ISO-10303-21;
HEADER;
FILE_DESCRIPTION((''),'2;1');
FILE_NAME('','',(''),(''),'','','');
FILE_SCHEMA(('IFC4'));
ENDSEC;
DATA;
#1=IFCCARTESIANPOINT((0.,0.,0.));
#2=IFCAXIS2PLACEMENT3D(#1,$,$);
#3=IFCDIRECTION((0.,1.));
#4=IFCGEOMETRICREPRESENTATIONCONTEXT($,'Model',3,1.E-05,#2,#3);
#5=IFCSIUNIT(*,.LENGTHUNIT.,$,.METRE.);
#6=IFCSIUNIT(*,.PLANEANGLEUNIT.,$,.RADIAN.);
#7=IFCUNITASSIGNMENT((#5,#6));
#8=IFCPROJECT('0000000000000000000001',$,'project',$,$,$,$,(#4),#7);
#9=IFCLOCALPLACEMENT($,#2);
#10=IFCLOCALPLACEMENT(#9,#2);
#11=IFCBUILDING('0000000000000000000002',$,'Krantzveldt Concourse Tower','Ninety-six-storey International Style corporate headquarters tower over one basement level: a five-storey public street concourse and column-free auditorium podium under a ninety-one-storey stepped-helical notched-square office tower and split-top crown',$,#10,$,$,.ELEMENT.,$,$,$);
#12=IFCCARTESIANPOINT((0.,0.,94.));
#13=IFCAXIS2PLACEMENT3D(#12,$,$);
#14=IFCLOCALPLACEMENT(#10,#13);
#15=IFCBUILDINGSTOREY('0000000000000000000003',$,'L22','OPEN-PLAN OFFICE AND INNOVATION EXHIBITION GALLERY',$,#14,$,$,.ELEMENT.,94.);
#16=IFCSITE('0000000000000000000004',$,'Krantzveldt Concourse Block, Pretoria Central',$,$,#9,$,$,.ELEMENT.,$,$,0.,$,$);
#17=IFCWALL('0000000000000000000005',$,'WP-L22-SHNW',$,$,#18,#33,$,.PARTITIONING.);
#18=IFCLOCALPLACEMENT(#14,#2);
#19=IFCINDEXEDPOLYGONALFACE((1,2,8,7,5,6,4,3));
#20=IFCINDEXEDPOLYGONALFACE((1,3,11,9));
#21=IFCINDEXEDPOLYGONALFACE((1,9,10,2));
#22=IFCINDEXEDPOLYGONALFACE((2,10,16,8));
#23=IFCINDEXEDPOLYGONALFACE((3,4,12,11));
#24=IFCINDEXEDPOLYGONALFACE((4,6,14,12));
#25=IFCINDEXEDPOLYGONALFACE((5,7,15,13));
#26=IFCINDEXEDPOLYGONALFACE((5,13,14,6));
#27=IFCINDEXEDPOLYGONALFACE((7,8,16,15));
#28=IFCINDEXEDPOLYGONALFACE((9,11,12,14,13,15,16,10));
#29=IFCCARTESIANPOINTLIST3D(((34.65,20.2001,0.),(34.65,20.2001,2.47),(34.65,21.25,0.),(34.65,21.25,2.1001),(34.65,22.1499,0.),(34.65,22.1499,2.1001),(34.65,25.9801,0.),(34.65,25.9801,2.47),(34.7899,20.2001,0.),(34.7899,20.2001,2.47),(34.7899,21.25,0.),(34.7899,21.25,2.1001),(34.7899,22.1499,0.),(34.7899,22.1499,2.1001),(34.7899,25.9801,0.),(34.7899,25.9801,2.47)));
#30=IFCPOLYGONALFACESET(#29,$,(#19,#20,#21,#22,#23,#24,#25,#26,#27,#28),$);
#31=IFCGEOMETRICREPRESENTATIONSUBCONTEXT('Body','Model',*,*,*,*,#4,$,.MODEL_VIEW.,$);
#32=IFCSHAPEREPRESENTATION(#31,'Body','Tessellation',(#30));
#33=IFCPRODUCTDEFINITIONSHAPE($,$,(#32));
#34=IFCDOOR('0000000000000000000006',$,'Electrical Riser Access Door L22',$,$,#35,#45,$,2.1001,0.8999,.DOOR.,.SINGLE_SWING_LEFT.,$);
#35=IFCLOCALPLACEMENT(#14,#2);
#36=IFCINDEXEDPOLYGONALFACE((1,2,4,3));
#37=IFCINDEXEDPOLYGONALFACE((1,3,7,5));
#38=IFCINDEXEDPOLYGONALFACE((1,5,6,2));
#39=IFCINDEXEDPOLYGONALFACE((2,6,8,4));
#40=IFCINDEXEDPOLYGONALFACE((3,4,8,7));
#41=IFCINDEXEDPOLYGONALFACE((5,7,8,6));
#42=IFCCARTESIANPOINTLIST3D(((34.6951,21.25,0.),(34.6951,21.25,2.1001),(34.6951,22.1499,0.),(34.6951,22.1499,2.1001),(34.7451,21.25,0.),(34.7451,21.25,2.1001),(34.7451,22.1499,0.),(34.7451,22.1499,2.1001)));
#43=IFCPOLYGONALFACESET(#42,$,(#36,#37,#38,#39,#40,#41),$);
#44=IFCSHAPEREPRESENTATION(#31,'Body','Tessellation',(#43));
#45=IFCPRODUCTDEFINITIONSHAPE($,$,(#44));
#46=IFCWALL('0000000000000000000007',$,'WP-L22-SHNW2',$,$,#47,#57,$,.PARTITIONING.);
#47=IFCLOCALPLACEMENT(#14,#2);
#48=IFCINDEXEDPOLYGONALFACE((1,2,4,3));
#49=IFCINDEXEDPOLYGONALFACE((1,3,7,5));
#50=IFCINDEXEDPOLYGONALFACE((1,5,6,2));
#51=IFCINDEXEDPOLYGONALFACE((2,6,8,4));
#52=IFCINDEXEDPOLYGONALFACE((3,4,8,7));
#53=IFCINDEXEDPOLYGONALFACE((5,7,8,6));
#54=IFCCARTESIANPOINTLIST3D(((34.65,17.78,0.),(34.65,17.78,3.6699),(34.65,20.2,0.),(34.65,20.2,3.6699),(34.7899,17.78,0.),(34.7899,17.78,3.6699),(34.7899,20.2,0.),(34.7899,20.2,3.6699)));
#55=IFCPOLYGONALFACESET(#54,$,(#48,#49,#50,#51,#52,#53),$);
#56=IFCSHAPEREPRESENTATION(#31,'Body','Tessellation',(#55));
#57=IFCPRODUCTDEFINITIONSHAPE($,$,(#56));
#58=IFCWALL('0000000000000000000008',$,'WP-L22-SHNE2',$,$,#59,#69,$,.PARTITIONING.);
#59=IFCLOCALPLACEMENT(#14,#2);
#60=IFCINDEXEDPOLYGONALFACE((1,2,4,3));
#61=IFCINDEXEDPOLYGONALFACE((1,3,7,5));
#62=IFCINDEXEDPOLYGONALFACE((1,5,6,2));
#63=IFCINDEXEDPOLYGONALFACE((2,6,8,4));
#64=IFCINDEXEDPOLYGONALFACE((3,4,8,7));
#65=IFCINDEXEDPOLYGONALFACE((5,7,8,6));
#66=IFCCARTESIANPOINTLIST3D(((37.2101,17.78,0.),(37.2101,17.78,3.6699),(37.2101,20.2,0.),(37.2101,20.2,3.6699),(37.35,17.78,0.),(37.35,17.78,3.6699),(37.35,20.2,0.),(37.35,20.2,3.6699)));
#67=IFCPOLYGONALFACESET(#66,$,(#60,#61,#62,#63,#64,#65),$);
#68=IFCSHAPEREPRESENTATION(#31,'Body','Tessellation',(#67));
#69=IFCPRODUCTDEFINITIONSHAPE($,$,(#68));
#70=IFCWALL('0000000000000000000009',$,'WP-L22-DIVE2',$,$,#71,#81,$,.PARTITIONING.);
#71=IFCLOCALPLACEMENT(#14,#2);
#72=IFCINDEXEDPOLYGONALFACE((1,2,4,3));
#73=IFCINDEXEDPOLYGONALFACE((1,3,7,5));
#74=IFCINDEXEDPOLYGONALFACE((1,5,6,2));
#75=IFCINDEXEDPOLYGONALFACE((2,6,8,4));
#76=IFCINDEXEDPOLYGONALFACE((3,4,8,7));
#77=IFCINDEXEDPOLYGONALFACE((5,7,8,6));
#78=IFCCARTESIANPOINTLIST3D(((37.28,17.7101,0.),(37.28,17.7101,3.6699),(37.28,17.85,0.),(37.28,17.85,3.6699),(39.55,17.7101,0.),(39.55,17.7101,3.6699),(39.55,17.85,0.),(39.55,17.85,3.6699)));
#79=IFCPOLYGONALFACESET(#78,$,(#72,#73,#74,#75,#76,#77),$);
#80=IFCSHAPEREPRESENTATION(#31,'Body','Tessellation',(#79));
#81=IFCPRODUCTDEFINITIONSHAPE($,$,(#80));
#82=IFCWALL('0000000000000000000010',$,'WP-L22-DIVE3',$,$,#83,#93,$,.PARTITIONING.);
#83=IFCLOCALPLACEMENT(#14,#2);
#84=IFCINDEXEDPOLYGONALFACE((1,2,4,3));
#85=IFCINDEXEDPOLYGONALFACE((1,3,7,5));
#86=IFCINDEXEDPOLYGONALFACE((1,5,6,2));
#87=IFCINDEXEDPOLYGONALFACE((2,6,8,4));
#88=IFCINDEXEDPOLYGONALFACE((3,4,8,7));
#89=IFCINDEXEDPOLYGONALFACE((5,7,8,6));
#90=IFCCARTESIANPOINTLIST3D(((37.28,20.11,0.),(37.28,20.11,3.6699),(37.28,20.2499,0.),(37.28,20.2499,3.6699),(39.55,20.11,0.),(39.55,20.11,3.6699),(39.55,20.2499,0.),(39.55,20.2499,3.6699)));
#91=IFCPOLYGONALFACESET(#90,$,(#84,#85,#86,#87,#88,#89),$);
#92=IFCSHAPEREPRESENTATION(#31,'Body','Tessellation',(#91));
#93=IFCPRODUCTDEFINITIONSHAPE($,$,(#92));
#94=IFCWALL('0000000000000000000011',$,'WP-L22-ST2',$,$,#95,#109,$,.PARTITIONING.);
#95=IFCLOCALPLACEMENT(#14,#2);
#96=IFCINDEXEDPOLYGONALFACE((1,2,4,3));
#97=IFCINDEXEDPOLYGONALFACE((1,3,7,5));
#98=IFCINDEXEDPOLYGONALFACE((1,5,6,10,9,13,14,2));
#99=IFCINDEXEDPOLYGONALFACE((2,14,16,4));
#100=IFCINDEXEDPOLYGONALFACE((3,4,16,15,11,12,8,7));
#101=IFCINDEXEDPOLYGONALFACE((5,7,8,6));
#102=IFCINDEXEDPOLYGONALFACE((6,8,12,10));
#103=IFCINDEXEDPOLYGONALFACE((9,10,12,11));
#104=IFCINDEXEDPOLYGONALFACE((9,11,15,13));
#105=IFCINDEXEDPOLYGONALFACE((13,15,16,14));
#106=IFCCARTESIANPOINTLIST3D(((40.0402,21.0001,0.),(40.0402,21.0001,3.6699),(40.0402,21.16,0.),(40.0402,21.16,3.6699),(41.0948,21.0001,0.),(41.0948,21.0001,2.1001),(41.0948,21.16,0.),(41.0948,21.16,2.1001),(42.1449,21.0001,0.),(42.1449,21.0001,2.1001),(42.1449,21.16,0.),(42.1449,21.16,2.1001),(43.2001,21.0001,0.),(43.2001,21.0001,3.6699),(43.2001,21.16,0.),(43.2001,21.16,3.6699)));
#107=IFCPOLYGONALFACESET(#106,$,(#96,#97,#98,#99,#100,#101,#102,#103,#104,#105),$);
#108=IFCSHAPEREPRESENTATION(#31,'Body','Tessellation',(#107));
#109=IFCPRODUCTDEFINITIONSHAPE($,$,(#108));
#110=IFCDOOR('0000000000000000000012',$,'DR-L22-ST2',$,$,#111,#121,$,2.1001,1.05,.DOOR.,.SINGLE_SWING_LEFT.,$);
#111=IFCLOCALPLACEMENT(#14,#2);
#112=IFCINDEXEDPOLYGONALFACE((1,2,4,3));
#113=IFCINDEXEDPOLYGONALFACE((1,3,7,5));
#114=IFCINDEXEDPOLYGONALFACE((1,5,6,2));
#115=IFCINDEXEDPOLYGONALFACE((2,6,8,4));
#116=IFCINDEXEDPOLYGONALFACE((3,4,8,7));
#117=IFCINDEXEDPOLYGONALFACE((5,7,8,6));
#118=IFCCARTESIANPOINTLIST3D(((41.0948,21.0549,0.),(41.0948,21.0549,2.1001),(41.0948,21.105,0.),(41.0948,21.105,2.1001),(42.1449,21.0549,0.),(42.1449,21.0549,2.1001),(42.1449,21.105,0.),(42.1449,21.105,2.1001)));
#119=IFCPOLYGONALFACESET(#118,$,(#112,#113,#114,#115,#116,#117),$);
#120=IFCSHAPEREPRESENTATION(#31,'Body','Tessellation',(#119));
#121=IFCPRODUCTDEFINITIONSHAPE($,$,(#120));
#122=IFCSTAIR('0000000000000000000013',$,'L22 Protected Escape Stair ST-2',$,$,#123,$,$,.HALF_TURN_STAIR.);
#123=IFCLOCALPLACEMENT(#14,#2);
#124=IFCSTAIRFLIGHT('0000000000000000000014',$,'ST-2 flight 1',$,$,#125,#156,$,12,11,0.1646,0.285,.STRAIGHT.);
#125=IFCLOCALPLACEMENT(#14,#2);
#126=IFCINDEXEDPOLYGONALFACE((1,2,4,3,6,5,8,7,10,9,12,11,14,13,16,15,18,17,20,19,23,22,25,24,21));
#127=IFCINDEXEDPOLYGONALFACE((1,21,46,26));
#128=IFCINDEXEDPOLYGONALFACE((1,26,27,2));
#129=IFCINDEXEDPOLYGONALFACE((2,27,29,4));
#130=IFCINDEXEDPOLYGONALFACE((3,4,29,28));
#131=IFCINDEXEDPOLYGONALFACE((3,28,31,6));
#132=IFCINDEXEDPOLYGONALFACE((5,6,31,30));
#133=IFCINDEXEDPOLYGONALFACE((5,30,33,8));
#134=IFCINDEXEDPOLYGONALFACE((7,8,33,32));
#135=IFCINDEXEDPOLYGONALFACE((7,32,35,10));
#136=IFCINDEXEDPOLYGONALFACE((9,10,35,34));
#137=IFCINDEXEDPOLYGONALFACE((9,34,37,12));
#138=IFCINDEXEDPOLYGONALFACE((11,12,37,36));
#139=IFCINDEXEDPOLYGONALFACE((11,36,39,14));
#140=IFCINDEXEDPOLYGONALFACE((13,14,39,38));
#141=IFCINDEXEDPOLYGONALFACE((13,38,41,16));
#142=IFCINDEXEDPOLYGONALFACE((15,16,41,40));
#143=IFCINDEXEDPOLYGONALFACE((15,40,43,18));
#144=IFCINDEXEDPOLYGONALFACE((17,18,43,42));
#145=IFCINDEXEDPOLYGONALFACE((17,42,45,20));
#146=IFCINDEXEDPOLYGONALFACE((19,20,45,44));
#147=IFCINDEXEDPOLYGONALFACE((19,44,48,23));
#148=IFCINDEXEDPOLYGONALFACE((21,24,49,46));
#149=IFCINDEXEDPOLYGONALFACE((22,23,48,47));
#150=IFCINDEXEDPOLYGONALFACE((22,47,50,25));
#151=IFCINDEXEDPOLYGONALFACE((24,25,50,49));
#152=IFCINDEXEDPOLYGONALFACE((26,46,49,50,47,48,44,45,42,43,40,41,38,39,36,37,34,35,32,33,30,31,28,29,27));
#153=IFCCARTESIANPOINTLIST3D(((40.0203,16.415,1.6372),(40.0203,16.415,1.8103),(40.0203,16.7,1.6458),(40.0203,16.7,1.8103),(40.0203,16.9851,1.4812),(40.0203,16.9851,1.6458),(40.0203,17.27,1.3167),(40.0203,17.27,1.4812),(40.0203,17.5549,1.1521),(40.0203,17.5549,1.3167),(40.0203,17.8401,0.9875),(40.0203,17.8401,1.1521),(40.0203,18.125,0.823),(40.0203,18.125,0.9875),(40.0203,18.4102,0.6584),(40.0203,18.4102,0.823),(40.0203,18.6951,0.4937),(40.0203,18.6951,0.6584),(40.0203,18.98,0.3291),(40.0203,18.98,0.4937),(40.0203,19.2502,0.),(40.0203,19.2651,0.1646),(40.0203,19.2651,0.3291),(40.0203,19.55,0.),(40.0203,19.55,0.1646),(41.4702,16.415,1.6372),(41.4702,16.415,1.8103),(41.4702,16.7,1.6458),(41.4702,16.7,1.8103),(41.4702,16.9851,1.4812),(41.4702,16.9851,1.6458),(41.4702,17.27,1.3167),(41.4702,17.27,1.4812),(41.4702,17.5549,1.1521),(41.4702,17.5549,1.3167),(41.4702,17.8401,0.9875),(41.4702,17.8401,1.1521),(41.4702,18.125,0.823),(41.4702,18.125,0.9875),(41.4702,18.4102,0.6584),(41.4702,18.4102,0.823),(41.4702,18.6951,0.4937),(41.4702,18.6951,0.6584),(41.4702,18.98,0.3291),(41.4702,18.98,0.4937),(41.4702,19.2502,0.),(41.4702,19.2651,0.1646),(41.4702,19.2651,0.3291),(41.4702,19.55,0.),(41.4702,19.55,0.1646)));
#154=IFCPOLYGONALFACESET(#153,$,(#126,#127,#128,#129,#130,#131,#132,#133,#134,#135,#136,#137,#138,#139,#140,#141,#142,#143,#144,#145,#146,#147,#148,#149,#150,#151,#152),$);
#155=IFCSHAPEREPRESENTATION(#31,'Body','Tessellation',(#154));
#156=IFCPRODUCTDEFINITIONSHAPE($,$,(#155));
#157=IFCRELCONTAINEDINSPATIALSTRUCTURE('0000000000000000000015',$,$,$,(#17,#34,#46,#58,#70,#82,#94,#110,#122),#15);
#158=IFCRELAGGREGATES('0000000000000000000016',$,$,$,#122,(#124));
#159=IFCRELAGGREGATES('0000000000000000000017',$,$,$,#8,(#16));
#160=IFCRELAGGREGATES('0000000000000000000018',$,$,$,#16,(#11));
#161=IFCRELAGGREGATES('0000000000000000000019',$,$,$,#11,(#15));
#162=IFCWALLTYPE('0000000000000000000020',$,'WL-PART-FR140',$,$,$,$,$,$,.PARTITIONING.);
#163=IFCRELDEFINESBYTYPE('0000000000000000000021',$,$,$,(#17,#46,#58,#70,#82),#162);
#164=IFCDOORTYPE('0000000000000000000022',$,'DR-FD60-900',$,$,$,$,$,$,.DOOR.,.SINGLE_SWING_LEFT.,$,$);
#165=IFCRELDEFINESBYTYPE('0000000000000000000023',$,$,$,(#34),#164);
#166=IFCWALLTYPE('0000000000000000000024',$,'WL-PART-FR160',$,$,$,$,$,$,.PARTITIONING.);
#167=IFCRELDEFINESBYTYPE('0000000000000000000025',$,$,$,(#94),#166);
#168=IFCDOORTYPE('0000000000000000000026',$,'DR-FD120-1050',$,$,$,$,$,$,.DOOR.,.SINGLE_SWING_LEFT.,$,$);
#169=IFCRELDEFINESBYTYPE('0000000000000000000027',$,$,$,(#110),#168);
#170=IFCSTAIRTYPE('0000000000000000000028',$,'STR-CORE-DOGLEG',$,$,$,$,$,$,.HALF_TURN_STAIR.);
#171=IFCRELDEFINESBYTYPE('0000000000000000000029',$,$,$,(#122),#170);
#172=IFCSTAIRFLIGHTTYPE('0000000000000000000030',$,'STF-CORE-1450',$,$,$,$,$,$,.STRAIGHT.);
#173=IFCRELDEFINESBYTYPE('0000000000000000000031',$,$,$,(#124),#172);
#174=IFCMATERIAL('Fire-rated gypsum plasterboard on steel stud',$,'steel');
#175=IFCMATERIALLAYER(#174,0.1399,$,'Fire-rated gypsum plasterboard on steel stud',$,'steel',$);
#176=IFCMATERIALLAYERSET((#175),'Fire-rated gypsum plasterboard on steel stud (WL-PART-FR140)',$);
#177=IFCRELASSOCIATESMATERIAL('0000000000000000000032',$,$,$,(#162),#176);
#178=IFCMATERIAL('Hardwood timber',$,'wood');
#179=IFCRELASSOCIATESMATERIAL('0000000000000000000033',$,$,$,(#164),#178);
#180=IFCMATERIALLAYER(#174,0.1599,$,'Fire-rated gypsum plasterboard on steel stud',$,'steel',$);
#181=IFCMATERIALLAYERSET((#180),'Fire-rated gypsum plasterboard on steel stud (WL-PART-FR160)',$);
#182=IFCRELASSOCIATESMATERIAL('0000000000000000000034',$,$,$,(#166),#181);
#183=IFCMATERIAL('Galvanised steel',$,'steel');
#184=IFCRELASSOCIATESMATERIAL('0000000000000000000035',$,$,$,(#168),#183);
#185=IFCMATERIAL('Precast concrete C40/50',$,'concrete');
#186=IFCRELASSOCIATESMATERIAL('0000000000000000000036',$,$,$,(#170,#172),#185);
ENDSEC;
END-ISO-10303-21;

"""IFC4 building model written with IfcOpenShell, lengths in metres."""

from ifc_helpers import new_model, si_unit, direction, frame, frame_2d, origin, place, context, subcontext, project, spatial, polyline, rectangle, outline, extrude, material, layer, layer_set, type_object, element, fill, aggregate, save


model = new_model("IFC4")

# Units and contexts
model_context = context("Model", 3, precision=1e-05, world=origin(), true_north=direction((0.0, 1.0)))
body_context = subcontext(model_context, "Body", "Model", "MODEL_VIEW")
ifc_project = project(units=[si_unit("LENGTHUNIT", "METRE"), si_unit("PLANEANGLEUNIT", "RADIAN")], contexts=[model_context])

# Site, building, storey
site_placement = place(None, origin())
site = spatial("IfcSite", under=ifc_project, at=site_placement, Name="Krantzveldt Concourse Block, Pretoria Central", CompositionType="ELEMENT", RefElevation=0.0)
building_placement = place(site_placement, origin())
building = spatial("IfcBuilding", under=site, at=building_placement, Name="Krantzveldt Concourse Tower", Description="Ninety-six-storey International Style corporate headquarters tower over one basement level: a five-storey public street concourse and column-free auditorium podium under a ninety-one-storey stepped-helical notched-square office tower and split-top crown", CompositionType="ELEMENT")
storey_placement = place(building_placement, frame((0.0, 0.0, 94.0)))
storey = spatial("IfcBuildingStorey", under=building, at=storey_placement, Name="L22", Description="OPEN-PLAN OFFICE AND INNOVATION EXHIBITION GALLERY", CompositionType="ELEMENT", Elevation=94.0)

# Wall, opening, door
ifc_material_1 = material(Name="Fire-rated gypsum plasterboard on steel stud", Category="steel")
ifc_layer_1 = layer(ifc_material_1, 0.1399, Name="Fire-rated gypsum plasterboard on steel stud", Category="steel")
ifc_layer_set_1 = layer_set([ifc_layer_1], Name="Fire-rated gypsum plasterboard on steel stud (WL-PART-FR140)")
wall_type_1 = type_object("IfcWallType", Name="WL-PART-FR140", PredefinedType="PARTITIONING", material=ifc_layer_set_1)
wall_1_placement = place(storey_placement, frame((34.72, 20.2, 0.0), z_axis=(0.0, 0.0, 1.0), x_axis=(0.0, 1.0, 0.0)))
wall_1 = element("IfcWall", 1, at=wall_1_placement, inside=storey, type_object=wall_type_1, Name="WP-L22-SHNW", PredefinedType="PARTITIONING", context=body_context, shape_type="SweptSolid", body=[
    extrude(rectangle(XDim=5.78, YDim=0.1399, at=frame_2d((2.8901, 0.0))), origin(), (0.0, 0.0, 1.0), 2.47),
])
opening_1_placement = place(wall_1_placement, frame((1.05, 0.0, 0.0)))
opening_1 = element("IfcOpeningElement", 2, at=opening_1_placement, cuts=wall_1, PredefinedType="OPENING", context=body_context, shape_type="SweptSolid", body=[
    extrude(rectangle(XDim=0.8999, YDim=2.1001, at=frame_2d((0.45, 1.05))), frame((0.0, 0.0801, 0.0), z_axis=(0.0, -1.0, 0.0), x_axis=(1.0, 0.0, 0.0)), (0.0, 0.0, 1.0), 0.1599),
])
ifc_material_2 = material(Name="Hardwood timber", Category="wood")
door_type_1 = type_object("IfcDoorType", Name="DR-FD60-900", OperationType="SINGLE_SWING_LEFT", PredefinedType="DOOR", material=ifc_material_2)
door_1_placement = place(opening_1_placement, origin())
door_1 = element("IfcDoor", 3, at=door_1_placement, inside=storey, type_object=door_type_1, Name="Electrical Riser Access Door L22", OperationType="SINGLE_SWING_LEFT", OverallHeight=2.1001, OverallWidth=0.8999, PredefinedType="DOOR", context=body_context, shape_type="SweptSolid", body=[
    extrude(rectangle(XDim=0.8999, YDim=2.1001, at=frame_2d((0.45, 1.05))), frame((0.0, 0.0249, 0.0), z_axis=(0.0, -1.0, 0.0), x_axis=(1.0, 0.0, 0.0)), (0.0, 0.0, 1.0), 0.05),
])
fill(opening_1, door_1)

# Walls
for number, where, z_axis, x_axis, name in (
    (4, (34.72, 17.78, 0.0), (0.0, 0.0, 1.0), (0.0, 1.0, 0.0), "WP-L22-SHNW2"),
    (5, (37.28, 17.78, 0.0), (0.0, 0.0, 1.0), (0.0, 1.0, 0.0), "WP-L22-SHNE2"),
):
    element("IfcWall", number, at=place(storey_placement, frame(where, z_axis=z_axis, x_axis=x_axis)), inside=storey, type_object=wall_type_1, Name=name, PredefinedType="PARTITIONING", context=body_context, shape_type="SweptSolid", body=[
        extrude(rectangle(XDim=2.4199, YDim=0.1399, at=frame_2d((1.21, 0.0))), origin(), (0.0, 0.0, 1.0), 3.6699),
    ])
for number, where, z_axis, x_axis, name in (
    (6, (37.28, 17.78, 0.0), (0.0, 0.0, 1.0), (1.0, 0.0, 0.0), "WP-L22-DIVE2"),
    (7, (37.28, 20.1799, 0.0), (0.0, 0.0, 1.0), (1.0, 0.0, 0.0), "WP-L22-DIVE3"),
):
    element("IfcWall", number, at=place(storey_placement, frame(where, z_axis=z_axis, x_axis=x_axis)), inside=storey, type_object=wall_type_1, Name=name, PredefinedType="PARTITIONING", context=body_context, shape_type="SweptSolid", body=[
        extrude(rectangle(XDim=2.27, YDim=0.1399, at=frame_2d((1.135, 0.0))), origin(), (0.0, 0.0, 1.0), 3.6699),
    ])

# Wall, opening, door
ifc_layer_2 = layer(ifc_material_1, 0.1599, Name="Fire-rated gypsum plasterboard on steel stud", Category="steel")
ifc_layer_set_2 = layer_set([ifc_layer_2], Name="Fire-rated gypsum plasterboard on steel stud (WL-PART-FR160)")
wall_type_2 = type_object("IfcWallType", Name="WL-PART-FR160", PredefinedType="PARTITIONING", material=ifc_layer_set_2)
wall_2_placement = place(storey_placement, frame((40.04, 21.0801, 0.0), z_axis=(0.0, 0.0, 1.0), x_axis=(1.0, 0.0, 0.0)))
wall_2 = element("IfcWall", 8, at=wall_2_placement, inside=storey, type_object=wall_type_2, Name="WP-L22-ST2", PredefinedType="PARTITIONING", context=body_context, shape_type="SweptSolid", body=[
    extrude(rectangle(XDim=3.1599, YDim=0.1599, at=frame_2d((1.5801, 0.0))), origin(), (0.0, 0.0, 1.0), 3.6699),
])
opening_2_placement = place(wall_2_placement, frame((1.0549, 0.0, 0.0)))
opening_2 = element("IfcOpeningElement", 9, at=opening_2_placement, cuts=wall_2, PredefinedType="OPENING", context=body_context, shape_type="SweptSolid", body=[
    extrude(rectangle(XDim=1.05, YDim=2.1001, at=frame_2d((0.5249, 1.05))), frame((0.0, 0.0898, 0.0), z_axis=(0.0, -1.0, 0.0), x_axis=(1.0, 0.0, 0.0)), (0.0, 0.0, 1.0), 0.1799),
])
ifc_material_3 = material(Name="Galvanised steel", Category="steel")
door_type_2 = type_object("IfcDoorType", Name="DR-FD120-1050", OperationType="SINGLE_SWING_LEFT", PredefinedType="DOOR", material=ifc_material_3)
door_2_placement = place(opening_2_placement, origin())
door_2 = element("IfcDoor", 10, at=door_2_placement, inside=storey, type_object=door_type_2, Name="DR-L22-ST2", OperationType="SINGLE_SWING_LEFT", OverallHeight=2.1001, OverallWidth=1.05, PredefinedType="DOOR", context=body_context, shape_type="SweptSolid", body=[
    extrude(rectangle(XDim=1.05, YDim=2.1001, at=frame_2d((0.5249, 1.05))), frame((0.0, 0.0249, 0.0), z_axis=(0.0, -1.0, 0.0), x_axis=(1.0, 0.0, 0.0)), (0.0, 0.0, 1.0), 0.05),
])
fill(opening_2, door_2)

# Stair, stair flight
ifc_material_4 = material(Name="Precast concrete C40/50", Category="concrete")
stair_type = type_object("IfcStairType", Name="STR-CORE-DOGLEG", PredefinedType="HALF_TURN_STAIR", material=ifc_material_4)
stair_placement = place(storey_placement, origin())
stair = element("IfcStair", 11, at=stair_placement, inside=storey, type_object=stair_type, Name="L22 Protected Escape Stair ST-2", PredefinedType="HALF_TURN_STAIR")
stair_flight_type = type_object("IfcStairFlightType", Name="STF-CORE-1450", PredefinedType="STRAIGHT", material=ifc_material_4)
stair_flight_1_placement = place(storey_placement, frame((40.7451, 19.55, 0.0), z_axis=(0.0, 0.0, 1.0), x_axis=(0.0, -1.0, 0.0)))
stair_flight_1 = element("IfcStairFlight", 12, at=stair_flight_1_placement, type_object=stair_flight_type, Name="ST-2 flight 1", NumberOfRisers=12, NumberOfTreads=11, PredefinedType="STRAIGHT", RiserHeight=0.1646, TreadLength=0.285, context=body_context, shape_type="SweptSolid", body=[
    extrude(outline(polyline([(0.0, 0.0), (0.0, 0.1646), (0.2849, 0.1646), (0.2849, 0.3291), (0.5701, 0.3291), (0.5701, 0.4937), (0.855, 0.4937), (0.855, 0.6584), (1.1399, 0.6584), (1.1399, 0.823), (1.425, 0.823), (1.425, 0.9875), (1.71, 0.9875), (1.71, 1.1521), (1.9951, 1.1521), (1.9951, 1.3167), (2.28, 1.3167), (2.28, 1.4812), (2.5649, 1.4812), (2.5649, 1.6458), (2.8501, 1.6458), (2.8501, 1.8103), (3.135, 1.8103), (3.135, 1.9751), (3.135, 1.6372), (0.2998, 0.0), (0.0, 0.0)])), frame((0.0, 0.7251, 0.0), z_axis=(0.0, -1.0, 0.0), x_axis=(1.0, 0.0, 0.0)), (0.0, 0.0, 1.0), 1.45),
])
aggregate(stair, [stair_flight_1])

save(model, "model.ifc")
